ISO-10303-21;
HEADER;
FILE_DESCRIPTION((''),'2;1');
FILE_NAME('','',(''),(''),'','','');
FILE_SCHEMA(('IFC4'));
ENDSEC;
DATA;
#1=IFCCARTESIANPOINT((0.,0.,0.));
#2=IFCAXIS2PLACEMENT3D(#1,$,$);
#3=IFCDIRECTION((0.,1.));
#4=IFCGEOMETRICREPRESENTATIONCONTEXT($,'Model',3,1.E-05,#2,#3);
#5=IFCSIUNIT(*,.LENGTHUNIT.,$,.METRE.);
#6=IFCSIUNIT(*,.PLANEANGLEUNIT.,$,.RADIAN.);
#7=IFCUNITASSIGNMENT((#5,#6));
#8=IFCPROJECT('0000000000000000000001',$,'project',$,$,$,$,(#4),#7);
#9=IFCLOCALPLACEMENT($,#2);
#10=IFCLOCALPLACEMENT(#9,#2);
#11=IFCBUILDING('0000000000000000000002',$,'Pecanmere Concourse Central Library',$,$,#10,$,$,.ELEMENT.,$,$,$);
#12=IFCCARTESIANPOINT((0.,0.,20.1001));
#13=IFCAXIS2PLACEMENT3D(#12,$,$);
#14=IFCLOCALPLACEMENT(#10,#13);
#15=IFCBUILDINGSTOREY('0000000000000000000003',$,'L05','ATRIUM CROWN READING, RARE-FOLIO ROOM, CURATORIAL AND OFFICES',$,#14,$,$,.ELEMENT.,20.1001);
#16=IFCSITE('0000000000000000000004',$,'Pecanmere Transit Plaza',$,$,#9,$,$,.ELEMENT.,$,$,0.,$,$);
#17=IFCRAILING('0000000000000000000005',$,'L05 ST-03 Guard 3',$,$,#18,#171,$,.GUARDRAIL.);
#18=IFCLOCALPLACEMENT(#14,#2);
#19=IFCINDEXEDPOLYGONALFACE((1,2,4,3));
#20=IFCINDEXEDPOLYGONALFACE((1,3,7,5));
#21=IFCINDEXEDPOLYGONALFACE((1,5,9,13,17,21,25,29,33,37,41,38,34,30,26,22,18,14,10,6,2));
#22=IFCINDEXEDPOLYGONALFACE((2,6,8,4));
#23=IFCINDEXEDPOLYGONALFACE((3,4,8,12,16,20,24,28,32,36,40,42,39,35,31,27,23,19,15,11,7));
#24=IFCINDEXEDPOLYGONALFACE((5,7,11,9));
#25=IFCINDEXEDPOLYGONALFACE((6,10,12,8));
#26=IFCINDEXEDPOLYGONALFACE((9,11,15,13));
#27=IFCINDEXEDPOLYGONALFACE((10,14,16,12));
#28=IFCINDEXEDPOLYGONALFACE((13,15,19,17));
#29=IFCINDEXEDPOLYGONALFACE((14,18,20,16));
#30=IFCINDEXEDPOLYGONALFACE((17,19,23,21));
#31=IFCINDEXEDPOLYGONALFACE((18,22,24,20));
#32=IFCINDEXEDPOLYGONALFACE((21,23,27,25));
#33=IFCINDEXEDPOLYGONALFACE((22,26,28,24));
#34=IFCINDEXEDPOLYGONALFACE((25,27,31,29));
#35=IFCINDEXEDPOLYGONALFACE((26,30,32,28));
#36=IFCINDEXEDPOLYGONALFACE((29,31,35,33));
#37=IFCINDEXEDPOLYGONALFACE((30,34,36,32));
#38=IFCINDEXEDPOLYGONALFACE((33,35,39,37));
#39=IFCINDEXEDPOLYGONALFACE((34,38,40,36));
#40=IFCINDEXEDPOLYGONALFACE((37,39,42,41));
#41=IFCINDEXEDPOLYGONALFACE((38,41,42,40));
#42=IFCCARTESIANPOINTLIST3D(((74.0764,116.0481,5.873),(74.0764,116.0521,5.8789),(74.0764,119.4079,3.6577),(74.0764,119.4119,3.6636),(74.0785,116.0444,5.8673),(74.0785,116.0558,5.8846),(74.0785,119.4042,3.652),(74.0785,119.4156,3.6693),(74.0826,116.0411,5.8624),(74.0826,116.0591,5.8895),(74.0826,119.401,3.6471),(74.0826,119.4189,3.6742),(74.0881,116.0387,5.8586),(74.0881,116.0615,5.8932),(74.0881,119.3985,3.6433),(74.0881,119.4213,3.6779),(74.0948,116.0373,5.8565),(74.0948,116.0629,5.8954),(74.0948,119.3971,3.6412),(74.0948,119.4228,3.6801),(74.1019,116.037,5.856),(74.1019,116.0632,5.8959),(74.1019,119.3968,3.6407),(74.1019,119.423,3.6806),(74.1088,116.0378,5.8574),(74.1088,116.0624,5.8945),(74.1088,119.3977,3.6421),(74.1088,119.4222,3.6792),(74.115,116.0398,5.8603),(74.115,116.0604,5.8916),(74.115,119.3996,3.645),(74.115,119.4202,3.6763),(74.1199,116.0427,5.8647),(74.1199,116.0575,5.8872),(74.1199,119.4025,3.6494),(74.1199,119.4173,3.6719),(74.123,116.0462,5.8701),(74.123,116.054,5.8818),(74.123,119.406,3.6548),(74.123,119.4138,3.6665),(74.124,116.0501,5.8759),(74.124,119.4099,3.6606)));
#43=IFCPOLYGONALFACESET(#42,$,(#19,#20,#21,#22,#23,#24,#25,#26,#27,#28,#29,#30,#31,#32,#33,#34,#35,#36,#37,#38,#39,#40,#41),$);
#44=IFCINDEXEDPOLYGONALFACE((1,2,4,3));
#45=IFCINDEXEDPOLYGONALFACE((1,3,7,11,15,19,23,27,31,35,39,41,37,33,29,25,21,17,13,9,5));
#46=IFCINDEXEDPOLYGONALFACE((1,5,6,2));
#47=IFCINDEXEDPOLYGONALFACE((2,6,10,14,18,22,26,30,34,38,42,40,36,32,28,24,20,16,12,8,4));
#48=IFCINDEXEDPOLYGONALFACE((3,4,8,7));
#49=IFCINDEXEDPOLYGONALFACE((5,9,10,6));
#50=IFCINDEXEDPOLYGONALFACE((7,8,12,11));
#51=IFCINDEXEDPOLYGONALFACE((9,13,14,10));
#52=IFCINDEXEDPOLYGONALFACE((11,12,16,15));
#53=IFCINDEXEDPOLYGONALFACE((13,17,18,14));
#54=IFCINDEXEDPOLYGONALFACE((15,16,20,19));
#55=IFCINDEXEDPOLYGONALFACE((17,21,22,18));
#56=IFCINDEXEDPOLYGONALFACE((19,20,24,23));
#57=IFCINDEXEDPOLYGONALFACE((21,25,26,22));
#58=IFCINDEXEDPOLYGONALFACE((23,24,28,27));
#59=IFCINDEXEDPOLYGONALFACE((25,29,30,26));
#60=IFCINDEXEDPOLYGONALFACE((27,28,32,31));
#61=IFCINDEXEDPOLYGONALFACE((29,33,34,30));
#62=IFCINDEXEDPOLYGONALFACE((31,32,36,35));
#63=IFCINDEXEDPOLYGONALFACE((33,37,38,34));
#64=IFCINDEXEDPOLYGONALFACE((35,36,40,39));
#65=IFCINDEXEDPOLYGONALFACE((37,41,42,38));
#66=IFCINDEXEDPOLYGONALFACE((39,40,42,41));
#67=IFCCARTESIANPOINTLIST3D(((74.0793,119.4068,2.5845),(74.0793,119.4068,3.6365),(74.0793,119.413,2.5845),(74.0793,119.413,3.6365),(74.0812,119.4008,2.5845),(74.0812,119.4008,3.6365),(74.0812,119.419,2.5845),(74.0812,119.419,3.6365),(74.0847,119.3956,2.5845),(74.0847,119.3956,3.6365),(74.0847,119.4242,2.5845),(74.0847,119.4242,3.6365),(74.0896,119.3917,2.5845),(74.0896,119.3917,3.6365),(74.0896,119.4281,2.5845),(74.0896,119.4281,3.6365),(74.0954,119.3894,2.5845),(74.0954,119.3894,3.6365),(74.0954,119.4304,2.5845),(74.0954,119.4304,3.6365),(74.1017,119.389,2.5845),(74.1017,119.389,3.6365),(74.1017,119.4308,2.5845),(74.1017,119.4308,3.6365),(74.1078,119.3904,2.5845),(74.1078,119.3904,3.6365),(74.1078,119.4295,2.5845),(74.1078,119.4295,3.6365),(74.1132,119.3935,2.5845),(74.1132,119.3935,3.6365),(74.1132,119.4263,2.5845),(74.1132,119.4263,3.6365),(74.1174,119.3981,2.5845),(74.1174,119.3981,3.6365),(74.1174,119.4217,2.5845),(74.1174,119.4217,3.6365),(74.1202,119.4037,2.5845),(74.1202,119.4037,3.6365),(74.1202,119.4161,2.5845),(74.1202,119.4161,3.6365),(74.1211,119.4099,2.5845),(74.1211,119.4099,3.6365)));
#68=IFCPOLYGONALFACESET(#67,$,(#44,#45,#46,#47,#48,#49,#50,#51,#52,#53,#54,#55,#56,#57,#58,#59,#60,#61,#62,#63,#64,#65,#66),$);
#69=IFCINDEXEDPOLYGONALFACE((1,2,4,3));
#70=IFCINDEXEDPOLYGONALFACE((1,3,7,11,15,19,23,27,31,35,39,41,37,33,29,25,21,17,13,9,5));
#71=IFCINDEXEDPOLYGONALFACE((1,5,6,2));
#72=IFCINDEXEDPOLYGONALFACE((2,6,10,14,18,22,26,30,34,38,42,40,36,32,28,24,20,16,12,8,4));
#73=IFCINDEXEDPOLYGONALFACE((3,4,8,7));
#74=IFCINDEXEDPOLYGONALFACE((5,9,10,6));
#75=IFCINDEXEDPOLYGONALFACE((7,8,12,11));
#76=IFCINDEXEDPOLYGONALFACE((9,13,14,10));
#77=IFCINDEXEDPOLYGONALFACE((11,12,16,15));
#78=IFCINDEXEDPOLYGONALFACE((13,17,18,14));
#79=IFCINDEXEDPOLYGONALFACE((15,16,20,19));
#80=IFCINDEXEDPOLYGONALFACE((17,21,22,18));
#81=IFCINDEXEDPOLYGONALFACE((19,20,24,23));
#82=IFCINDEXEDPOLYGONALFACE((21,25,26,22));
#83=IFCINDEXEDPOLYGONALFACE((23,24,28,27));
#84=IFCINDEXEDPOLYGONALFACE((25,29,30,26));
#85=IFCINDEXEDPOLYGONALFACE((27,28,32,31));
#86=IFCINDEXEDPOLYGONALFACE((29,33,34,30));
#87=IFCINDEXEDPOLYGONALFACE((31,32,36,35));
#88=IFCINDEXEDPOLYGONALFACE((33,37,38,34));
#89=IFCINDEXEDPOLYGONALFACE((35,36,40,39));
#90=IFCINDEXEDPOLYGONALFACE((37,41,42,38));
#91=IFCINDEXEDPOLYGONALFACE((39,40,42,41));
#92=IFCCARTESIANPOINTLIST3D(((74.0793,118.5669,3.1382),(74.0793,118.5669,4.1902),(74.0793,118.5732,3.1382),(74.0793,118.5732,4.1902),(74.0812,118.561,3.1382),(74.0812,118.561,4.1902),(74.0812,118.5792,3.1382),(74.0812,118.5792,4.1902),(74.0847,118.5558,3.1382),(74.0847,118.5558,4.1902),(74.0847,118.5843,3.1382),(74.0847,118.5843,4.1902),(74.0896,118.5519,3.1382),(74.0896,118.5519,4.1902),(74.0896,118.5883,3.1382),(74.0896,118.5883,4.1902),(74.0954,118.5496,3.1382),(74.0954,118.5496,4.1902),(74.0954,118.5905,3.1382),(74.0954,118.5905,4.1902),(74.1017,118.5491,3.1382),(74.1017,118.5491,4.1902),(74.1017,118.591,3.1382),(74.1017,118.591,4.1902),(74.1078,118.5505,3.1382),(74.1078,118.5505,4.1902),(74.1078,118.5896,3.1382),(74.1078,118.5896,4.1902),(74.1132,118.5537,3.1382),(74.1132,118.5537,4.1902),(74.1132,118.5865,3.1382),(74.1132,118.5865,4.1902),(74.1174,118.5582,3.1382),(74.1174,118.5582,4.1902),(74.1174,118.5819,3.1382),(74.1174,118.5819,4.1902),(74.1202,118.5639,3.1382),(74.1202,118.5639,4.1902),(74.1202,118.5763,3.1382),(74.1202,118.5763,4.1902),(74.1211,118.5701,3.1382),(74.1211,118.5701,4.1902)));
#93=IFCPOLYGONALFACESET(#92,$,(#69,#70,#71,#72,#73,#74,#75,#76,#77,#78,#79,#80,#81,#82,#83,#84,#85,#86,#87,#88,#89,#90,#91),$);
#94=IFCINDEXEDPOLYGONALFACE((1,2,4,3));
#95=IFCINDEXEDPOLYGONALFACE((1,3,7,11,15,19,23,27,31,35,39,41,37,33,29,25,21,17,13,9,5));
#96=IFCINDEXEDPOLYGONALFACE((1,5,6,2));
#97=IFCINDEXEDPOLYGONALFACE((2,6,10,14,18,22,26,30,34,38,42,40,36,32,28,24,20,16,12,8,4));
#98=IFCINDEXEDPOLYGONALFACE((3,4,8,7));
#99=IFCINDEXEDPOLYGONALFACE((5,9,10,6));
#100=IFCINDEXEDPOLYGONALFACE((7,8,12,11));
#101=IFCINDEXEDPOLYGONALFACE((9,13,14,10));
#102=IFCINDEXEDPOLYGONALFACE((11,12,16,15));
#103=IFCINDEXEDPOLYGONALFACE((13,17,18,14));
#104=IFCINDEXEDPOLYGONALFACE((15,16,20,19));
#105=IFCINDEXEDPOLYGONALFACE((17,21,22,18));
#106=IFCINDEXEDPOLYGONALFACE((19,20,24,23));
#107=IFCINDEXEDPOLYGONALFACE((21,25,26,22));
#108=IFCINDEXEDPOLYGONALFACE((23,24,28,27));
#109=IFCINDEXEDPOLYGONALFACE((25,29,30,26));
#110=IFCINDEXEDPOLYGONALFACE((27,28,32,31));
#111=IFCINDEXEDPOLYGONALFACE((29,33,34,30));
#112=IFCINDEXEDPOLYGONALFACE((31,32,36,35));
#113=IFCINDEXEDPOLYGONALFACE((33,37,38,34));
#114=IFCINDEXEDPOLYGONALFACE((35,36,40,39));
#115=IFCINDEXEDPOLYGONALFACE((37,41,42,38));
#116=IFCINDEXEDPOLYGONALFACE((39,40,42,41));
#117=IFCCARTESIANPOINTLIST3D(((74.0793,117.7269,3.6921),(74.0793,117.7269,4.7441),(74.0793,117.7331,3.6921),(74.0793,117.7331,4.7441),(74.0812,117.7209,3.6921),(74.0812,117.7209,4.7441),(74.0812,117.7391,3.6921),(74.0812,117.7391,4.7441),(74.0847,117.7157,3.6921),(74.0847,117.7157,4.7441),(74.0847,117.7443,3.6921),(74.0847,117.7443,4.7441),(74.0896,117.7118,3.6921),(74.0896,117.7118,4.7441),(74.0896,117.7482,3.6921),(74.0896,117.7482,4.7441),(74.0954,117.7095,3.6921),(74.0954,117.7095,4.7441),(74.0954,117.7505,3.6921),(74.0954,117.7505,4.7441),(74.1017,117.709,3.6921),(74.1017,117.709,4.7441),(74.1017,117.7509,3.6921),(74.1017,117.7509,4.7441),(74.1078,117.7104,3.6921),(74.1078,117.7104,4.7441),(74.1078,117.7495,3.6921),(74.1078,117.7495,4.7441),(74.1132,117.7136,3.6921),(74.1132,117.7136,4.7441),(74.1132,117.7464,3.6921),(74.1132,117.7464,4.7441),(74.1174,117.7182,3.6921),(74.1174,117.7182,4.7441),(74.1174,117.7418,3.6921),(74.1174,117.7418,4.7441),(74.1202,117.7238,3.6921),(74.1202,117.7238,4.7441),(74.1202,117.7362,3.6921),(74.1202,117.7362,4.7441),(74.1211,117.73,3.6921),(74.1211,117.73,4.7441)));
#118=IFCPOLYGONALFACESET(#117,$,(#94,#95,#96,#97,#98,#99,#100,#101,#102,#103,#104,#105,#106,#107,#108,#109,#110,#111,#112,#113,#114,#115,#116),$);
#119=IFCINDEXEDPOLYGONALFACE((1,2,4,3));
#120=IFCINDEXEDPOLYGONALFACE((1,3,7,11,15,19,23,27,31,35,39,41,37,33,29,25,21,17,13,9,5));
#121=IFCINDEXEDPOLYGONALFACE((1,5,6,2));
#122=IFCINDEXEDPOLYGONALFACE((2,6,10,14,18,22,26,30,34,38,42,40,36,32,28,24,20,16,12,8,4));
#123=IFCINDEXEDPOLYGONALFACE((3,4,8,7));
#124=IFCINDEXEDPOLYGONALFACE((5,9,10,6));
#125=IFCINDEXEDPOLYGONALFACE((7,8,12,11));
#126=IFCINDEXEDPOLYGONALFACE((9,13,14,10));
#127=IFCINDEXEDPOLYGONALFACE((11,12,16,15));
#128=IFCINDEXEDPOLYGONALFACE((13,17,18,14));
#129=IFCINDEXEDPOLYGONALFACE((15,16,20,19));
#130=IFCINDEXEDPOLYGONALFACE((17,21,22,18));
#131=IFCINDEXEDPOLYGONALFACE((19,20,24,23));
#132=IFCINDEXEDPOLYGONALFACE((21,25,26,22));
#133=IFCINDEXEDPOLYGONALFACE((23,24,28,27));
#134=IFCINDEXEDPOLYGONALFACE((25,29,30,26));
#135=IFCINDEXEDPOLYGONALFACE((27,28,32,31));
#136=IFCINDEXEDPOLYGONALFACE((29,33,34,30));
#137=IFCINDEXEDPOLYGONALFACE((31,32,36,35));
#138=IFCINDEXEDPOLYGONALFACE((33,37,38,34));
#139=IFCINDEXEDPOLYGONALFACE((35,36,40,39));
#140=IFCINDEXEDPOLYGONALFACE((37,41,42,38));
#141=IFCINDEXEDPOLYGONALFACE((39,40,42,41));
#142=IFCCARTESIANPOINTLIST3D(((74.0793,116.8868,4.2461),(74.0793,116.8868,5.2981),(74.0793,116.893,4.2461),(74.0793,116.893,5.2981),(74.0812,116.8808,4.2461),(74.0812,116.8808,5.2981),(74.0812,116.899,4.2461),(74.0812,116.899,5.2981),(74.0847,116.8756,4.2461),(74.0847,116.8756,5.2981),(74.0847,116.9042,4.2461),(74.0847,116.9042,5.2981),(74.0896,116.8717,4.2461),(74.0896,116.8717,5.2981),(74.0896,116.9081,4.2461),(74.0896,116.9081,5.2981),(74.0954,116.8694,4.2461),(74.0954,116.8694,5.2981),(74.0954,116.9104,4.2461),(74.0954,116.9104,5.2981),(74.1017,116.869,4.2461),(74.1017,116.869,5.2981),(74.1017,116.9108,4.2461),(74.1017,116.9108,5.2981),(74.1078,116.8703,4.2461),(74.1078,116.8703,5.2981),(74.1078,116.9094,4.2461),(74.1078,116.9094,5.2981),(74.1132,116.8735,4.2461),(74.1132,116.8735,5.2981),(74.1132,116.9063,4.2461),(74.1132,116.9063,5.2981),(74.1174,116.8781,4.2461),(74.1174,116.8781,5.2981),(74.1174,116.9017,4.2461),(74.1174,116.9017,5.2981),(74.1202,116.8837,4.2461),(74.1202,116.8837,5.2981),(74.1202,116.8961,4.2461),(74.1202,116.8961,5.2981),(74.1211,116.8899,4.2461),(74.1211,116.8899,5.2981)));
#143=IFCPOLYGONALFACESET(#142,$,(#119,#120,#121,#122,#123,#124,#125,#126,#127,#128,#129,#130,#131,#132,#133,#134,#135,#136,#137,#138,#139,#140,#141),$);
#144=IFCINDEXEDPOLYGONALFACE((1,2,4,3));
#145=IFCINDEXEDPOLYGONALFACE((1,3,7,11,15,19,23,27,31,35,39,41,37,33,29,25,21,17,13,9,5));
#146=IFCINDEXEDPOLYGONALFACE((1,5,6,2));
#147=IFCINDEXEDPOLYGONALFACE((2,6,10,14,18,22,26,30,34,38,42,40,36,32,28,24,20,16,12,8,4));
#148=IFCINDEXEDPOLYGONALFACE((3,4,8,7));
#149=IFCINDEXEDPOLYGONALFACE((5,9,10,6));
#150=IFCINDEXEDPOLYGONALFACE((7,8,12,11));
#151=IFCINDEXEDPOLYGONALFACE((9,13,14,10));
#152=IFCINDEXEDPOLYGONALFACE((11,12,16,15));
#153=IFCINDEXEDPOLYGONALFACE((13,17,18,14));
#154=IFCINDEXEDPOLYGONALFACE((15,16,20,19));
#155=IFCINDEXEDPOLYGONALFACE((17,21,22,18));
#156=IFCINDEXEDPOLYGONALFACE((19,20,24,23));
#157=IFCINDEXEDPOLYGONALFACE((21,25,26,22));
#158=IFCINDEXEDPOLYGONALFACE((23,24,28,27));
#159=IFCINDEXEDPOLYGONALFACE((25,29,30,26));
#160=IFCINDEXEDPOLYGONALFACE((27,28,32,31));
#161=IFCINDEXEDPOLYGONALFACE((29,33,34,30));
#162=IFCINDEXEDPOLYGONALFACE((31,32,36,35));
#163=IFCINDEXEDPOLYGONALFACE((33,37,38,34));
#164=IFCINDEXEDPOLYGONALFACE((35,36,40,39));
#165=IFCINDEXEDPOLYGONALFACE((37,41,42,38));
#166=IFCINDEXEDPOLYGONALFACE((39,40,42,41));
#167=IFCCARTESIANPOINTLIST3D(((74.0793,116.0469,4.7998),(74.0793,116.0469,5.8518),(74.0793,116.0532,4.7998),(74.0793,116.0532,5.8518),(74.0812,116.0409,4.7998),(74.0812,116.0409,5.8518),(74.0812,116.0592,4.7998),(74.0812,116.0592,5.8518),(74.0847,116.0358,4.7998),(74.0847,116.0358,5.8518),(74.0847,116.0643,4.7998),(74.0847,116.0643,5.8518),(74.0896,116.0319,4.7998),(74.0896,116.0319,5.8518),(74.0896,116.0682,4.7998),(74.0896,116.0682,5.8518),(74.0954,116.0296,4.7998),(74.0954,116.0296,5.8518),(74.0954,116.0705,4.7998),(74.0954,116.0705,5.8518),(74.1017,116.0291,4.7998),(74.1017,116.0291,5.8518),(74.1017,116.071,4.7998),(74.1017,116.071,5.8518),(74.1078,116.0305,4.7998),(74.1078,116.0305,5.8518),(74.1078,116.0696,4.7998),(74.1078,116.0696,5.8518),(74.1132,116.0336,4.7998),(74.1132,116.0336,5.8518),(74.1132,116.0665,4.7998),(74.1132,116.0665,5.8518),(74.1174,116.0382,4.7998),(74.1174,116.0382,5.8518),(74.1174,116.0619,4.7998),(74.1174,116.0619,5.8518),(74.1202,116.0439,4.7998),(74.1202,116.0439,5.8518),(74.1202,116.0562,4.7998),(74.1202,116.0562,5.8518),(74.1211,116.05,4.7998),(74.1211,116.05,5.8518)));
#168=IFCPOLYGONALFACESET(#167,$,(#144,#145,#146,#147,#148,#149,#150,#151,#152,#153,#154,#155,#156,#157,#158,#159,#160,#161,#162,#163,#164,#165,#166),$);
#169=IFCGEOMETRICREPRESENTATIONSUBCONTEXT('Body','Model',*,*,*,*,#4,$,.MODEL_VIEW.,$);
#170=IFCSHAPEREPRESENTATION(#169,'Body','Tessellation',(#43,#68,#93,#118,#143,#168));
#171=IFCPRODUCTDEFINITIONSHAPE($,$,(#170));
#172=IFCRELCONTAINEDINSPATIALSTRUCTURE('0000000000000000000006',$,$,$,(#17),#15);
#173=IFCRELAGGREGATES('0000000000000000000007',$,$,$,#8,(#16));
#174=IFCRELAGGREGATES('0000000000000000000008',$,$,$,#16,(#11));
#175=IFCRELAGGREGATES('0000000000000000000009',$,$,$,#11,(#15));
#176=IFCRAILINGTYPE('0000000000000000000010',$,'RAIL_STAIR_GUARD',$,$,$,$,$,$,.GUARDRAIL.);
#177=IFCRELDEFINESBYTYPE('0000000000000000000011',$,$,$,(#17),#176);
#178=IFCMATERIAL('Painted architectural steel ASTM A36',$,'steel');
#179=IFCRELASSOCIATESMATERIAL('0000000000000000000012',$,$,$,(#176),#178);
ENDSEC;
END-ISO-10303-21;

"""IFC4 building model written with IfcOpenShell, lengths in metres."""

from ifc_helpers import new_model, si_unit, direction, frame, origin, origin_2d, place, context, subcontext, project, spatial, circle, extrude, material, type_object, element, save


model = new_model("IFC4")

# Units and contexts
model_context = context("Model", 3, precision=1e-05, world=origin(), true_north=direction((0.0, 1.0)))
body_context = subcontext(model_context, "Body", "Model", "MODEL_VIEW")
ifc_project = project(units=[si_unit("LENGTHUNIT", "METRE"), si_unit("PLANEANGLEUNIT", "RADIAN")], contexts=[model_context])

# Site, building, storey
site_placement = place(None, origin())
site = spatial("IfcSite", under=ifc_project, at=site_placement, Name="Pecanmere Transit Plaza", CompositionType="ELEMENT", RefElevation=0.0)
building_placement = place(site_placement, origin())
building = spatial("IfcBuilding", under=site, at=building_placement, Name="Pecanmere Concourse Central Library", CompositionType="ELEMENT")
storey_placement = place(building_placement, frame((0.0, 0.0, 20.1001)))
storey = spatial("IfcBuildingStorey", under=building, at=storey_placement, Name="L05", Description="ATRIUM CROWN READING, RARE-FOLIO ROOM, CURATORIAL AND OFFICES", CompositionType="ELEMENT", Elevation=20.1001)

# Railing
ifc_material_1 = material(Name="Painted architectural steel ASTM A36", Category="steel")
railing_type_1 = type_object("IfcRailingType", Name="RAIL_STAIR_GUARD", PredefinedType="GUARDRAIL", material=ifc_material_1)
railing_1_placement = place(storey_placement, frame((74.1001, 119.4099, 2.5845)))
element("IfcRailing", 1, at=railing_1_placement, inside=storey, type_object=railing_type_1, Name="L05 ST-03 Guard 3", PredefinedType="GUARDRAIL", context=body_context, shape_type="SweptSolid", body=[
    extrude(circle(Radius=0.0239, at=origin_2d()), frame((0.0, 0.0, 1.0762), z_axis=(0.0, -0.834858, 0.550465), x_axis=(1.0, 0.0, 0.0)), (0.0, 0.0, 1.0), 4.0244),
    extrude(circle(Radius=0.021, at=origin_2d()), origin(), (0.0, 0.0, 1.0), 1.052),
    extrude(circle(Radius=0.021, at=origin_2d()), frame((0.0, -0.8398, 0.5537)), (0.0, 0.0, 1.0), 1.052),
    extrude(circle(Radius=0.021, at=origin_2d()), frame((0.0, -1.6799, 1.1077)), (0.0, 0.0, 1.0), 1.052),
    extrude(circle(Radius=0.021, at=origin_2d()), frame((0.0, -2.52, 1.6616)), (0.0, 0.0, 1.0), 1.052),
    extrude(circle(Radius=0.021, at=origin_2d()), frame((0.0, -3.3599, 2.2153)), (0.0, 0.0, 1.0), 1.052),
])

save(model, "model.ifc")
